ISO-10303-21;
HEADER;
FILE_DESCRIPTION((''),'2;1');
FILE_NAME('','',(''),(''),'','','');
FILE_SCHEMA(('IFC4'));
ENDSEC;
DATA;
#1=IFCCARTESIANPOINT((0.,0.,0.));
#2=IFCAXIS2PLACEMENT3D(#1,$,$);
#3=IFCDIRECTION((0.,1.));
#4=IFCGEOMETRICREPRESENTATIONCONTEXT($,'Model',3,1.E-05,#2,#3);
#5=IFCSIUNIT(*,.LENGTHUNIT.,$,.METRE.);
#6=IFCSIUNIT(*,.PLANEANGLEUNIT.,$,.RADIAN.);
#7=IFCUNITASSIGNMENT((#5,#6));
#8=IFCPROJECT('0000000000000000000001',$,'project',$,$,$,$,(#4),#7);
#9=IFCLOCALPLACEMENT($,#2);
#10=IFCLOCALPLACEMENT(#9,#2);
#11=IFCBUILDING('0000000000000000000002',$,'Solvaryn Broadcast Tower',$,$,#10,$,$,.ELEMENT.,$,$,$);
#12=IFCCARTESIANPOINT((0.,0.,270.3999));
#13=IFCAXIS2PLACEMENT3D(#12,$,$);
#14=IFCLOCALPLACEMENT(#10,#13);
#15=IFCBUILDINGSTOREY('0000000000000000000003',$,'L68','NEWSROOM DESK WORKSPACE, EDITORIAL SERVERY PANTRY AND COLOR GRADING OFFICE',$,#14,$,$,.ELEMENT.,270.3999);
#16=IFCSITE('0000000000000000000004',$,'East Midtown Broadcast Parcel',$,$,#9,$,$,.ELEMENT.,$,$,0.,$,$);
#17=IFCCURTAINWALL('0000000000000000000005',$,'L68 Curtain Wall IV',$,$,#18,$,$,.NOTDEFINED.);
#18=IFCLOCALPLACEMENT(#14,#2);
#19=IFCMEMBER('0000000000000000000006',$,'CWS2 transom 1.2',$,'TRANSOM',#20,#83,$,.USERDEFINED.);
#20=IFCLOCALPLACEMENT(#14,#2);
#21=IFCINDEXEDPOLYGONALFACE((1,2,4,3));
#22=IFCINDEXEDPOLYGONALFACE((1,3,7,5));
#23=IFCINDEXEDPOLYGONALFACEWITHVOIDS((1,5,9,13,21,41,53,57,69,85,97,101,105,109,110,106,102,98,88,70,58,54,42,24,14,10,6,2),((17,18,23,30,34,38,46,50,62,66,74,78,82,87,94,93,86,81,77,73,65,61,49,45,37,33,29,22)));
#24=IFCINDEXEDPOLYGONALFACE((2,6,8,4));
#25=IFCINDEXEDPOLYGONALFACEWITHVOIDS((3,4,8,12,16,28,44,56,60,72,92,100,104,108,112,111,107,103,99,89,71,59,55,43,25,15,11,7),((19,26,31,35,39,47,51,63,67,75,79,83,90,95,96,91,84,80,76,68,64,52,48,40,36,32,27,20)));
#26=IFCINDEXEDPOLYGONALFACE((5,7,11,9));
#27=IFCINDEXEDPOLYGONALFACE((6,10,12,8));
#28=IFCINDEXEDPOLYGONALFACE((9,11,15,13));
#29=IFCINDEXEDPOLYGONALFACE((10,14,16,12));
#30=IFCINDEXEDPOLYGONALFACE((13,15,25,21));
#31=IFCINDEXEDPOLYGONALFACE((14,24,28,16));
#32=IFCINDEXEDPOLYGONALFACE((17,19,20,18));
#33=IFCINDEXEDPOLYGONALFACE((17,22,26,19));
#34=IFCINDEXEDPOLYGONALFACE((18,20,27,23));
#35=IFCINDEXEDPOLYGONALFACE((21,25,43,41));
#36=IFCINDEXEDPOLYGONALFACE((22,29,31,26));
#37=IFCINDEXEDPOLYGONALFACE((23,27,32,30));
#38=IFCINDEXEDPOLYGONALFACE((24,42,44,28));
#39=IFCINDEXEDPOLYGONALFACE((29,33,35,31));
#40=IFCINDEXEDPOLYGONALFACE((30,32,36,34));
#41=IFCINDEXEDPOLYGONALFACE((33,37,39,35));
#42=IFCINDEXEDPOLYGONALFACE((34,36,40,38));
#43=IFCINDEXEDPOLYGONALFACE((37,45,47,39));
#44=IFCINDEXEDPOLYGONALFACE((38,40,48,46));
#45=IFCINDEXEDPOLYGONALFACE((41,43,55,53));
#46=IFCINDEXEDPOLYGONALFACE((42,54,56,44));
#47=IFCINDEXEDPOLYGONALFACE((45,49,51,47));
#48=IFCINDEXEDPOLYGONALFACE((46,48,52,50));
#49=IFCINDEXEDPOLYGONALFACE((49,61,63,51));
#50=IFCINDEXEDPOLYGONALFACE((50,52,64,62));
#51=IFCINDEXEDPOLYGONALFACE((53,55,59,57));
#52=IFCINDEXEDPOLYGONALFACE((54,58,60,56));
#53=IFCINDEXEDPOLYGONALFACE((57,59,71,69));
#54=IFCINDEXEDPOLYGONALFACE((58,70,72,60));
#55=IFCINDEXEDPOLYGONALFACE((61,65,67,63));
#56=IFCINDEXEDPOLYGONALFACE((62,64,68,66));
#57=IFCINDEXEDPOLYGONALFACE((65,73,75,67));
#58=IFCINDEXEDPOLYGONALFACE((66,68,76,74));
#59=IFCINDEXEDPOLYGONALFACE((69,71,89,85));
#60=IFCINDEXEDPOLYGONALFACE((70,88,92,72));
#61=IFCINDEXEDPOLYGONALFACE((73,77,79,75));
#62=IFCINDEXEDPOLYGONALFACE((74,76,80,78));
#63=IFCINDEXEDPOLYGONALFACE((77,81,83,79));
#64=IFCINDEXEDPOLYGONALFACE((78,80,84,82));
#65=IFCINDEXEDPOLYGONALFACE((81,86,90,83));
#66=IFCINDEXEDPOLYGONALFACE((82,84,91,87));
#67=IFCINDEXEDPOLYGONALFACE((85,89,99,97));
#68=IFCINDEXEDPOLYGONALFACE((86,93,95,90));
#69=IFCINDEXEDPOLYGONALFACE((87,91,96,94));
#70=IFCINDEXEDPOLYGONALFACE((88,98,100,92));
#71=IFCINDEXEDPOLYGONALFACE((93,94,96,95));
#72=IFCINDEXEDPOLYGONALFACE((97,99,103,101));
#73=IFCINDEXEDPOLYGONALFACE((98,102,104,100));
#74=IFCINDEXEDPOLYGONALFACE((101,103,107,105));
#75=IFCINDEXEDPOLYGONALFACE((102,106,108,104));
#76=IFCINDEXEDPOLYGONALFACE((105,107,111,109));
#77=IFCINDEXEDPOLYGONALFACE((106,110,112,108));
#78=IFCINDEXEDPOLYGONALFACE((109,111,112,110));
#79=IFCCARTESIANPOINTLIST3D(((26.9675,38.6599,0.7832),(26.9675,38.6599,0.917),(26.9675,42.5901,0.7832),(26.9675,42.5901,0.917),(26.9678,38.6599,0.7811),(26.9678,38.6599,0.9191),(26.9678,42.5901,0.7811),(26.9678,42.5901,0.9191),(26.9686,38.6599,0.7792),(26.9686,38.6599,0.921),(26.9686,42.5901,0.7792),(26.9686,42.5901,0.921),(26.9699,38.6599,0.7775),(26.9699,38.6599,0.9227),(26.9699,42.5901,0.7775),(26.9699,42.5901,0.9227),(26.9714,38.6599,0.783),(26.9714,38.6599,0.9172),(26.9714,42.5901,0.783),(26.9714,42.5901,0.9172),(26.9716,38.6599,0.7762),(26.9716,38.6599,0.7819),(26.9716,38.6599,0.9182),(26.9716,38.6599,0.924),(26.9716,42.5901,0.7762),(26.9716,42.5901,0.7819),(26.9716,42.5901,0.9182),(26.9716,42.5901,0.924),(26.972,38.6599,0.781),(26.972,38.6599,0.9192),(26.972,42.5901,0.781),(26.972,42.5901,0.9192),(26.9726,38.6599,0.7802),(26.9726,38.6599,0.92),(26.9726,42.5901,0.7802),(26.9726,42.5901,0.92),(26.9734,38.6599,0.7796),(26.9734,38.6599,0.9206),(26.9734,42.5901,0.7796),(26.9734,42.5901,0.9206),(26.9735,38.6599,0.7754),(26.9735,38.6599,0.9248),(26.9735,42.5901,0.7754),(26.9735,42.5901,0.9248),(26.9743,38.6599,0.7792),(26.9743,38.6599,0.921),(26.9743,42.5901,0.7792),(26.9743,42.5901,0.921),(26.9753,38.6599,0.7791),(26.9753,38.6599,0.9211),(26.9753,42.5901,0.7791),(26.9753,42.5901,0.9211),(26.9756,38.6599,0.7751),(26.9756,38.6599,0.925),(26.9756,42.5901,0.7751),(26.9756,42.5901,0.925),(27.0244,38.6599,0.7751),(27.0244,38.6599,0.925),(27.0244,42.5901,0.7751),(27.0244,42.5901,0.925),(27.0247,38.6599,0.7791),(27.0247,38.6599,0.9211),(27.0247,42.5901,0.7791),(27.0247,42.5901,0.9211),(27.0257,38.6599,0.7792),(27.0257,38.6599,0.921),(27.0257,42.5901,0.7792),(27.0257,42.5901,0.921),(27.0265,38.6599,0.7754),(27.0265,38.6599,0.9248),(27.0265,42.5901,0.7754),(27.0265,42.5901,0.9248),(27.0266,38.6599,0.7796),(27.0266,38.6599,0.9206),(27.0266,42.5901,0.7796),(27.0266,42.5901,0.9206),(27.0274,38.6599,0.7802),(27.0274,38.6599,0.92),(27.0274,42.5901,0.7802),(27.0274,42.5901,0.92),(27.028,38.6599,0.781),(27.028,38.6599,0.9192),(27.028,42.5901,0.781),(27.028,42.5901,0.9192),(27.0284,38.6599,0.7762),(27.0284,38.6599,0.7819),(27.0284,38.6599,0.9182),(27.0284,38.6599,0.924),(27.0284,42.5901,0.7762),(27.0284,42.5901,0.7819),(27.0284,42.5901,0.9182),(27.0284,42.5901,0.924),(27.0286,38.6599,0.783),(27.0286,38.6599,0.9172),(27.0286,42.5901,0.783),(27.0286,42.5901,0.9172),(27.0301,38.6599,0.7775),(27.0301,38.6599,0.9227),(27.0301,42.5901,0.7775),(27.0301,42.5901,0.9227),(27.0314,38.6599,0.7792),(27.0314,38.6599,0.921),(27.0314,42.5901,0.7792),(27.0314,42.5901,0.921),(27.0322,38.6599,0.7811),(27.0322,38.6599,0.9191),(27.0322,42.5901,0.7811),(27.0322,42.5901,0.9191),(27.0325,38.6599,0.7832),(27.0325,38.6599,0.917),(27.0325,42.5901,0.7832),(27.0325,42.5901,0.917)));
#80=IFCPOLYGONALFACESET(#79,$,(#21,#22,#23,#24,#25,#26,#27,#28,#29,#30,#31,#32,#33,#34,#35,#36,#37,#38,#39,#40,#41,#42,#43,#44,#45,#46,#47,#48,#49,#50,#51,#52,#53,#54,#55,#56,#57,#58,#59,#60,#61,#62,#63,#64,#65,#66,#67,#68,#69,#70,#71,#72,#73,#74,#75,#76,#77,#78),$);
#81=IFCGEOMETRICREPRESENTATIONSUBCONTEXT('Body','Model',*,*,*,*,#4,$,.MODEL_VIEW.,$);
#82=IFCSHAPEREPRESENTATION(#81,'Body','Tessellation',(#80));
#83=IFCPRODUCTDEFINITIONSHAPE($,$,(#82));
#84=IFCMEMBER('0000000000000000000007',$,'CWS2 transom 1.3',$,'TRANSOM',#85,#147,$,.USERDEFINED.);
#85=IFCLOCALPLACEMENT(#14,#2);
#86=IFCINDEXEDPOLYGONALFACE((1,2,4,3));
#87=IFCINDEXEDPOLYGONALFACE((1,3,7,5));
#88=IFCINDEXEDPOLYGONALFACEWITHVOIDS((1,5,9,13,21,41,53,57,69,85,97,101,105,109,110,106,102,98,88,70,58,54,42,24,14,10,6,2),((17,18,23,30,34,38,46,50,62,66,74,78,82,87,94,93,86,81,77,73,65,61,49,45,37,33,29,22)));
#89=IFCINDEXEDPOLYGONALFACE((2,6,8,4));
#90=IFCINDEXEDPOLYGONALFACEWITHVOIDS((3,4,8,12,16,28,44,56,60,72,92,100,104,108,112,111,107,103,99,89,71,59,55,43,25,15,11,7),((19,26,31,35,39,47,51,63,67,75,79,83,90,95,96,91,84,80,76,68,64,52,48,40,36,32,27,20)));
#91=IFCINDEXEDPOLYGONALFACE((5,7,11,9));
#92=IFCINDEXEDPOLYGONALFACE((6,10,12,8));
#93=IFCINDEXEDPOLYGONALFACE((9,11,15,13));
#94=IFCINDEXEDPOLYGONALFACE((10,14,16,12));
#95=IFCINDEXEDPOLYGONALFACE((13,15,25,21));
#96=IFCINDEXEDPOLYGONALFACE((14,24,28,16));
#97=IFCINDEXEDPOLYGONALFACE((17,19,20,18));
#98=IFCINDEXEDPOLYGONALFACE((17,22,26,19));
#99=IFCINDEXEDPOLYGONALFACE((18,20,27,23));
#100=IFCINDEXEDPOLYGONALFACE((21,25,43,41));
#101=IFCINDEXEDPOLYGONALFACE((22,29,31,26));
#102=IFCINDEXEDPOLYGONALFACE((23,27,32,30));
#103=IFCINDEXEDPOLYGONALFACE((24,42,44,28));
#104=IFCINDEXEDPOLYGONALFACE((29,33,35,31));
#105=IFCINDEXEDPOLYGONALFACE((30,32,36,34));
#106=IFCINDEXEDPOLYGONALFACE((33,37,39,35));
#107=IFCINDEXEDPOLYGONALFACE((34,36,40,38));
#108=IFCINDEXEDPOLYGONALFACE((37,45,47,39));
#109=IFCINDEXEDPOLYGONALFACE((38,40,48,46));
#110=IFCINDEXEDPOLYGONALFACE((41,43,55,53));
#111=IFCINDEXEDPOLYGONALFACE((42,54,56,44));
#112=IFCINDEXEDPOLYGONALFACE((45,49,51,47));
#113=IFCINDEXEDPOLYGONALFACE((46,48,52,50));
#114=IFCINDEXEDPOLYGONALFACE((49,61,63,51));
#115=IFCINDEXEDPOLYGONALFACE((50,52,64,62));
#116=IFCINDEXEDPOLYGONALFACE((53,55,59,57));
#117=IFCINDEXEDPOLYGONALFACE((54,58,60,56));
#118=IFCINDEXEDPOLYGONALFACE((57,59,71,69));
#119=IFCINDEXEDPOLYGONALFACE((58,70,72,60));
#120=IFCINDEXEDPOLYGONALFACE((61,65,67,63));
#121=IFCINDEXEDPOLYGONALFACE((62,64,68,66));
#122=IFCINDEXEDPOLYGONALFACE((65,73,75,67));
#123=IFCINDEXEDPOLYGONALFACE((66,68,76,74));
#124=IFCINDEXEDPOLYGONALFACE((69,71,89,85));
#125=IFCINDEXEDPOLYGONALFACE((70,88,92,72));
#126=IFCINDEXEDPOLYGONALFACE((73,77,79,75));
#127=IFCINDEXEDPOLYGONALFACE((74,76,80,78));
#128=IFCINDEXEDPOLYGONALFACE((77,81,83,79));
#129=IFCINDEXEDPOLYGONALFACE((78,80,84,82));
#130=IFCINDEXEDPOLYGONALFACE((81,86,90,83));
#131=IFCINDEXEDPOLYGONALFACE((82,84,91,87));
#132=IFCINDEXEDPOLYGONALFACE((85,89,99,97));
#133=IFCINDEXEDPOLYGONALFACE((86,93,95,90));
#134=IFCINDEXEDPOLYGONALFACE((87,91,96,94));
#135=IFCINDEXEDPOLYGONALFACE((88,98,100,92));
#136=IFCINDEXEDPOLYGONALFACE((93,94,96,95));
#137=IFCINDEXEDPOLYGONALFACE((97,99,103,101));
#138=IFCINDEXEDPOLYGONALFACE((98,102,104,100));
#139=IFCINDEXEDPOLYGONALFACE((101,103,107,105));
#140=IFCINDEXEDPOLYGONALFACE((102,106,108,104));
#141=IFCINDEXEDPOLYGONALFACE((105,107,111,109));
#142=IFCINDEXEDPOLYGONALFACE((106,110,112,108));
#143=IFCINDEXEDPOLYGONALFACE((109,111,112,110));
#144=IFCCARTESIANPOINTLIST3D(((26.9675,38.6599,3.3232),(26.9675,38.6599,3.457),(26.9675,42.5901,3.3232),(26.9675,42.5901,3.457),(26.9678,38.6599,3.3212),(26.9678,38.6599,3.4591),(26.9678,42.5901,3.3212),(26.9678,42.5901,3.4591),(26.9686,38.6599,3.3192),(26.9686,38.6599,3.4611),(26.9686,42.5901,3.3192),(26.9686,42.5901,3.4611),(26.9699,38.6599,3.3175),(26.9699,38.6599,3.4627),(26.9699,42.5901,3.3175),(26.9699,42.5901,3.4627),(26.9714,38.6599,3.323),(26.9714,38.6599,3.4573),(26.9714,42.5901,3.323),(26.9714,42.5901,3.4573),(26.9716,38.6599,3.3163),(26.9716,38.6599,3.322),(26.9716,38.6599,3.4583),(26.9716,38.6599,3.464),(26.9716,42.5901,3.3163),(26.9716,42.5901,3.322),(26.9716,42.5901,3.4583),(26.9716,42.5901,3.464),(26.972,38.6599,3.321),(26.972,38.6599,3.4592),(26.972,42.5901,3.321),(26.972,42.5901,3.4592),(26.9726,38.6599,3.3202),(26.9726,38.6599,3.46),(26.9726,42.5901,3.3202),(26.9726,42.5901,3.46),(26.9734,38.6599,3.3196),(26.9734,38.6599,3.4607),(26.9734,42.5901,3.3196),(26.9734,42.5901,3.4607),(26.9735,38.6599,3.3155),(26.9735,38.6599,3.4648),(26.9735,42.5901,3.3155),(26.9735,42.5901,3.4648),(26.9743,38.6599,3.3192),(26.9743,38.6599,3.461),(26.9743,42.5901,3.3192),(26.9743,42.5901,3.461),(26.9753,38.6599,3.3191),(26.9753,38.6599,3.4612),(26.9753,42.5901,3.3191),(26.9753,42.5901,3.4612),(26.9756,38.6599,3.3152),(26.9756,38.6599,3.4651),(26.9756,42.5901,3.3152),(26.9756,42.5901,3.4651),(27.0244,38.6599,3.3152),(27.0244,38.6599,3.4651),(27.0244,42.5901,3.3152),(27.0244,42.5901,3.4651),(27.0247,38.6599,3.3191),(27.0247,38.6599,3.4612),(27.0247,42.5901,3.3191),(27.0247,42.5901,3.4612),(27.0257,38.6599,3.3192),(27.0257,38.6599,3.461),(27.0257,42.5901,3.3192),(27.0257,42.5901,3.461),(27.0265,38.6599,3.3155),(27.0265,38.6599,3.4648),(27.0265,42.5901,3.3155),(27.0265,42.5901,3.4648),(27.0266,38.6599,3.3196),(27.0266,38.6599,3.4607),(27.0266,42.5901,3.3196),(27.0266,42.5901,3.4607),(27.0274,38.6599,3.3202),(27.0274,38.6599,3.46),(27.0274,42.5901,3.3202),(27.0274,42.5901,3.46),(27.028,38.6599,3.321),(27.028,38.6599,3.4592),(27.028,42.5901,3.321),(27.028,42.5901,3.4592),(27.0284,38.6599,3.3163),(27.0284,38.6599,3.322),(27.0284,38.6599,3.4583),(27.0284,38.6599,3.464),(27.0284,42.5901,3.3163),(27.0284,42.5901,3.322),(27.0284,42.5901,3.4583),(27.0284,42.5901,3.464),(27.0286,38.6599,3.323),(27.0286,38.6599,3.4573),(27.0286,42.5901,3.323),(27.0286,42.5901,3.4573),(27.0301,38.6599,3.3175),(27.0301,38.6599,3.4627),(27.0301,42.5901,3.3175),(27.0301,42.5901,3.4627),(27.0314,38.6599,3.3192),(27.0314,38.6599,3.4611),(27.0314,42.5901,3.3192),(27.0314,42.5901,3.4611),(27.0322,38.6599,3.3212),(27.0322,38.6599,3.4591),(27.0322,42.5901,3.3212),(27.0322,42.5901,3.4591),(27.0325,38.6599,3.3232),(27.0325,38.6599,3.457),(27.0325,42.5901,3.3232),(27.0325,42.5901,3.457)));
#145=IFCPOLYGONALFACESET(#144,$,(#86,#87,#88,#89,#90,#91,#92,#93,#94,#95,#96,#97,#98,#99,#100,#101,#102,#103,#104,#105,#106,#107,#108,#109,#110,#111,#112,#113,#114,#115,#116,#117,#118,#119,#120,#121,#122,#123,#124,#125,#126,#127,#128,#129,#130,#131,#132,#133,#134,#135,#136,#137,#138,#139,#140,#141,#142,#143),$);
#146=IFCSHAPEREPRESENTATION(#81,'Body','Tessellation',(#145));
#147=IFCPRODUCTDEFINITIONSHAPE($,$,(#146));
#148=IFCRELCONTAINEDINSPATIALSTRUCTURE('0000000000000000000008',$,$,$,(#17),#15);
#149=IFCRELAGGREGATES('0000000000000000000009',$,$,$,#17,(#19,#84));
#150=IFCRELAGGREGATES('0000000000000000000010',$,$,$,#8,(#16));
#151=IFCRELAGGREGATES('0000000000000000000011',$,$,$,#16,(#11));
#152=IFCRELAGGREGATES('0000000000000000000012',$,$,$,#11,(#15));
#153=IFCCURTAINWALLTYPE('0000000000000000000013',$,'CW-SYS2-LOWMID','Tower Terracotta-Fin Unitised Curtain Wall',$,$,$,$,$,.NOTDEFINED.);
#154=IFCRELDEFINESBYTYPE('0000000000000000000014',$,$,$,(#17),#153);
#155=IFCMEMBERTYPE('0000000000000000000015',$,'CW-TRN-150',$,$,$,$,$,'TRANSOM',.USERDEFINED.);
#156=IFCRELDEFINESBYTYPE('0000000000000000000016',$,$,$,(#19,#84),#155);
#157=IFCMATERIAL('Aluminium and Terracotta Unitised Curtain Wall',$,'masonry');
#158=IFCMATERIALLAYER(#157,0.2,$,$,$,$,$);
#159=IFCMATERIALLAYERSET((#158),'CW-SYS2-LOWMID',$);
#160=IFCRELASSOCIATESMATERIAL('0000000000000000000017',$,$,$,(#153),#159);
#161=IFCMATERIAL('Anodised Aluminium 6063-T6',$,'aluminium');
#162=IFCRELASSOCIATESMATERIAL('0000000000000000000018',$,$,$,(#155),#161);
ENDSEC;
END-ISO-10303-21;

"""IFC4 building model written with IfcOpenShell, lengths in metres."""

from ifc_helpers import new_model, si_unit, direction, frame, origin, origin_2d, place, context, subcontext, project, spatial, hollow_rectangle, extrude, material, layer, layer_set, material_profile, profile_set, type_object, element, aggregate, save


model = new_model("IFC4")

# Units and contexts
model_context = context("Model", 3, precision=1e-05, world=origin(), true_north=direction((0.0, 1.0)))
body_context = subcontext(model_context, "Body", "Model", "MODEL_VIEW")
ifc_project = project(units=[si_unit("LENGTHUNIT", "METRE"), si_unit("PLANEANGLEUNIT", "RADIAN")], contexts=[model_context])

# Site, building, storey
site_placement = place(None, origin())
site = spatial("IfcSite", under=ifc_project, at=site_placement, Name="East Midtown Broadcast Parcel", CompositionType="ELEMENT", RefElevation=0.0)
building_placement = place(site_placement, origin())
building = spatial("IfcBuilding", under=site, at=building_placement, Name="Solvaryn Broadcast Tower", CompositionType="ELEMENT")
storey_placement = place(building_placement, frame((0.0, 0.0, 270.3999)))
storey = spatial("IfcBuildingStorey", under=building, at=storey_placement, Name="L68", Description="NEWSROOM DESK WORKSPACE, EDITORIAL SERVERY PANTRY AND COLOR GRADING OFFICE", CompositionType="ELEMENT", Elevation=270.3999)

# Curtain wall
ifc_material_1 = material(Name="Aluminium and Terracotta Unitised Curtain Wall", Category="masonry")
ifc_layer_1 = layer(ifc_material_1, 0.2)
ifc_layer_set_1 = layer_set([ifc_layer_1], Name="CW-SYS2-LOWMID")
curtain_wall_type = type_object("IfcCurtainWallType", Name="CW-SYS2-LOWMID", Description="Tower Terracotta-Fin Unitised Curtain Wall", PredefinedType="NOTDEFINED", material=ifc_layer_set_1)
curtain_wall_1_placement = place(storey_placement, origin())
curtain_wall_1 = element("IfcCurtainWall", 1, at=curtain_wall_1_placement, inside=storey, type_object=curtain_wall_type, Name="L68 Curtain Wall IV", PredefinedType="NOTDEFINED")

# Members
ifc_material_2 = material(Name="Anodised Aluminium 6063-T6", Category="aluminium")
ifc_material_profile_1 = material_profile(ifc_material_2, hollow_rectangle(XDim=0.0649, YDim=0.1499, WallThickness=0.0039, InnerFilletRadius=0.0039, OuterFilletRadius=0.0081, at=origin_2d()))
ifc_profile_set_1 = profile_set([ifc_material_profile_1], Name="Anodised Aluminium 6063-T6")
member_type_1 = type_object("IfcMemberType", Name="CW-TRN-150", ElementType="TRANSOM", PredefinedType="USERDEFINED", material=ifc_profile_set_1)
member_1_placement = place(storey_placement, frame((27.0, 42.5901, 0.8501), z_axis=(0.0, -1.0, 0.0), x_axis=(1.0, 0.0, 0.0)))
member_1 = element("IfcMember", 2, at=member_1_placement, type_object=member_type_1, Name="CWS2 transom 1.2", ObjectType="TRANSOM", PredefinedType="USERDEFINED", context=body_context, shape_type="SweptSolid", body=[
    extrude(hollow_rectangle(XDim=0.0649, YDim=0.1499, WallThickness=0.0039, InnerFilletRadius=0.0039, OuterFilletRadius=0.0081, at=origin_2d()), origin(), (0.0, 0.0, 1.0), 3.9302),
])
member_2_placement = place(storey_placement, frame((27.0, 42.5901, 3.3901), z_axis=(0.0, -1.0, 0.0), x_axis=(1.0, 0.0, 0.0)))
member_2 = element("IfcMember", 3, at=member_2_placement, type_object=member_type_1, Name="CWS2 transom 1.3", ObjectType="TRANSOM", PredefinedType="USERDEFINED", context=body_context, shape_type="SweptSolid", body=[
    extrude(hollow_rectangle(XDim=0.0649, YDim=0.1499, WallThickness=0.0039, InnerFilletRadius=0.0039, OuterFilletRadius=0.0081, at=origin_2d()), origin(), (0.0, 0.0, 1.0), 3.9302),
])

aggregate(curtain_wall_1, [member_1, member_2])

save(model, "model.ifc")
